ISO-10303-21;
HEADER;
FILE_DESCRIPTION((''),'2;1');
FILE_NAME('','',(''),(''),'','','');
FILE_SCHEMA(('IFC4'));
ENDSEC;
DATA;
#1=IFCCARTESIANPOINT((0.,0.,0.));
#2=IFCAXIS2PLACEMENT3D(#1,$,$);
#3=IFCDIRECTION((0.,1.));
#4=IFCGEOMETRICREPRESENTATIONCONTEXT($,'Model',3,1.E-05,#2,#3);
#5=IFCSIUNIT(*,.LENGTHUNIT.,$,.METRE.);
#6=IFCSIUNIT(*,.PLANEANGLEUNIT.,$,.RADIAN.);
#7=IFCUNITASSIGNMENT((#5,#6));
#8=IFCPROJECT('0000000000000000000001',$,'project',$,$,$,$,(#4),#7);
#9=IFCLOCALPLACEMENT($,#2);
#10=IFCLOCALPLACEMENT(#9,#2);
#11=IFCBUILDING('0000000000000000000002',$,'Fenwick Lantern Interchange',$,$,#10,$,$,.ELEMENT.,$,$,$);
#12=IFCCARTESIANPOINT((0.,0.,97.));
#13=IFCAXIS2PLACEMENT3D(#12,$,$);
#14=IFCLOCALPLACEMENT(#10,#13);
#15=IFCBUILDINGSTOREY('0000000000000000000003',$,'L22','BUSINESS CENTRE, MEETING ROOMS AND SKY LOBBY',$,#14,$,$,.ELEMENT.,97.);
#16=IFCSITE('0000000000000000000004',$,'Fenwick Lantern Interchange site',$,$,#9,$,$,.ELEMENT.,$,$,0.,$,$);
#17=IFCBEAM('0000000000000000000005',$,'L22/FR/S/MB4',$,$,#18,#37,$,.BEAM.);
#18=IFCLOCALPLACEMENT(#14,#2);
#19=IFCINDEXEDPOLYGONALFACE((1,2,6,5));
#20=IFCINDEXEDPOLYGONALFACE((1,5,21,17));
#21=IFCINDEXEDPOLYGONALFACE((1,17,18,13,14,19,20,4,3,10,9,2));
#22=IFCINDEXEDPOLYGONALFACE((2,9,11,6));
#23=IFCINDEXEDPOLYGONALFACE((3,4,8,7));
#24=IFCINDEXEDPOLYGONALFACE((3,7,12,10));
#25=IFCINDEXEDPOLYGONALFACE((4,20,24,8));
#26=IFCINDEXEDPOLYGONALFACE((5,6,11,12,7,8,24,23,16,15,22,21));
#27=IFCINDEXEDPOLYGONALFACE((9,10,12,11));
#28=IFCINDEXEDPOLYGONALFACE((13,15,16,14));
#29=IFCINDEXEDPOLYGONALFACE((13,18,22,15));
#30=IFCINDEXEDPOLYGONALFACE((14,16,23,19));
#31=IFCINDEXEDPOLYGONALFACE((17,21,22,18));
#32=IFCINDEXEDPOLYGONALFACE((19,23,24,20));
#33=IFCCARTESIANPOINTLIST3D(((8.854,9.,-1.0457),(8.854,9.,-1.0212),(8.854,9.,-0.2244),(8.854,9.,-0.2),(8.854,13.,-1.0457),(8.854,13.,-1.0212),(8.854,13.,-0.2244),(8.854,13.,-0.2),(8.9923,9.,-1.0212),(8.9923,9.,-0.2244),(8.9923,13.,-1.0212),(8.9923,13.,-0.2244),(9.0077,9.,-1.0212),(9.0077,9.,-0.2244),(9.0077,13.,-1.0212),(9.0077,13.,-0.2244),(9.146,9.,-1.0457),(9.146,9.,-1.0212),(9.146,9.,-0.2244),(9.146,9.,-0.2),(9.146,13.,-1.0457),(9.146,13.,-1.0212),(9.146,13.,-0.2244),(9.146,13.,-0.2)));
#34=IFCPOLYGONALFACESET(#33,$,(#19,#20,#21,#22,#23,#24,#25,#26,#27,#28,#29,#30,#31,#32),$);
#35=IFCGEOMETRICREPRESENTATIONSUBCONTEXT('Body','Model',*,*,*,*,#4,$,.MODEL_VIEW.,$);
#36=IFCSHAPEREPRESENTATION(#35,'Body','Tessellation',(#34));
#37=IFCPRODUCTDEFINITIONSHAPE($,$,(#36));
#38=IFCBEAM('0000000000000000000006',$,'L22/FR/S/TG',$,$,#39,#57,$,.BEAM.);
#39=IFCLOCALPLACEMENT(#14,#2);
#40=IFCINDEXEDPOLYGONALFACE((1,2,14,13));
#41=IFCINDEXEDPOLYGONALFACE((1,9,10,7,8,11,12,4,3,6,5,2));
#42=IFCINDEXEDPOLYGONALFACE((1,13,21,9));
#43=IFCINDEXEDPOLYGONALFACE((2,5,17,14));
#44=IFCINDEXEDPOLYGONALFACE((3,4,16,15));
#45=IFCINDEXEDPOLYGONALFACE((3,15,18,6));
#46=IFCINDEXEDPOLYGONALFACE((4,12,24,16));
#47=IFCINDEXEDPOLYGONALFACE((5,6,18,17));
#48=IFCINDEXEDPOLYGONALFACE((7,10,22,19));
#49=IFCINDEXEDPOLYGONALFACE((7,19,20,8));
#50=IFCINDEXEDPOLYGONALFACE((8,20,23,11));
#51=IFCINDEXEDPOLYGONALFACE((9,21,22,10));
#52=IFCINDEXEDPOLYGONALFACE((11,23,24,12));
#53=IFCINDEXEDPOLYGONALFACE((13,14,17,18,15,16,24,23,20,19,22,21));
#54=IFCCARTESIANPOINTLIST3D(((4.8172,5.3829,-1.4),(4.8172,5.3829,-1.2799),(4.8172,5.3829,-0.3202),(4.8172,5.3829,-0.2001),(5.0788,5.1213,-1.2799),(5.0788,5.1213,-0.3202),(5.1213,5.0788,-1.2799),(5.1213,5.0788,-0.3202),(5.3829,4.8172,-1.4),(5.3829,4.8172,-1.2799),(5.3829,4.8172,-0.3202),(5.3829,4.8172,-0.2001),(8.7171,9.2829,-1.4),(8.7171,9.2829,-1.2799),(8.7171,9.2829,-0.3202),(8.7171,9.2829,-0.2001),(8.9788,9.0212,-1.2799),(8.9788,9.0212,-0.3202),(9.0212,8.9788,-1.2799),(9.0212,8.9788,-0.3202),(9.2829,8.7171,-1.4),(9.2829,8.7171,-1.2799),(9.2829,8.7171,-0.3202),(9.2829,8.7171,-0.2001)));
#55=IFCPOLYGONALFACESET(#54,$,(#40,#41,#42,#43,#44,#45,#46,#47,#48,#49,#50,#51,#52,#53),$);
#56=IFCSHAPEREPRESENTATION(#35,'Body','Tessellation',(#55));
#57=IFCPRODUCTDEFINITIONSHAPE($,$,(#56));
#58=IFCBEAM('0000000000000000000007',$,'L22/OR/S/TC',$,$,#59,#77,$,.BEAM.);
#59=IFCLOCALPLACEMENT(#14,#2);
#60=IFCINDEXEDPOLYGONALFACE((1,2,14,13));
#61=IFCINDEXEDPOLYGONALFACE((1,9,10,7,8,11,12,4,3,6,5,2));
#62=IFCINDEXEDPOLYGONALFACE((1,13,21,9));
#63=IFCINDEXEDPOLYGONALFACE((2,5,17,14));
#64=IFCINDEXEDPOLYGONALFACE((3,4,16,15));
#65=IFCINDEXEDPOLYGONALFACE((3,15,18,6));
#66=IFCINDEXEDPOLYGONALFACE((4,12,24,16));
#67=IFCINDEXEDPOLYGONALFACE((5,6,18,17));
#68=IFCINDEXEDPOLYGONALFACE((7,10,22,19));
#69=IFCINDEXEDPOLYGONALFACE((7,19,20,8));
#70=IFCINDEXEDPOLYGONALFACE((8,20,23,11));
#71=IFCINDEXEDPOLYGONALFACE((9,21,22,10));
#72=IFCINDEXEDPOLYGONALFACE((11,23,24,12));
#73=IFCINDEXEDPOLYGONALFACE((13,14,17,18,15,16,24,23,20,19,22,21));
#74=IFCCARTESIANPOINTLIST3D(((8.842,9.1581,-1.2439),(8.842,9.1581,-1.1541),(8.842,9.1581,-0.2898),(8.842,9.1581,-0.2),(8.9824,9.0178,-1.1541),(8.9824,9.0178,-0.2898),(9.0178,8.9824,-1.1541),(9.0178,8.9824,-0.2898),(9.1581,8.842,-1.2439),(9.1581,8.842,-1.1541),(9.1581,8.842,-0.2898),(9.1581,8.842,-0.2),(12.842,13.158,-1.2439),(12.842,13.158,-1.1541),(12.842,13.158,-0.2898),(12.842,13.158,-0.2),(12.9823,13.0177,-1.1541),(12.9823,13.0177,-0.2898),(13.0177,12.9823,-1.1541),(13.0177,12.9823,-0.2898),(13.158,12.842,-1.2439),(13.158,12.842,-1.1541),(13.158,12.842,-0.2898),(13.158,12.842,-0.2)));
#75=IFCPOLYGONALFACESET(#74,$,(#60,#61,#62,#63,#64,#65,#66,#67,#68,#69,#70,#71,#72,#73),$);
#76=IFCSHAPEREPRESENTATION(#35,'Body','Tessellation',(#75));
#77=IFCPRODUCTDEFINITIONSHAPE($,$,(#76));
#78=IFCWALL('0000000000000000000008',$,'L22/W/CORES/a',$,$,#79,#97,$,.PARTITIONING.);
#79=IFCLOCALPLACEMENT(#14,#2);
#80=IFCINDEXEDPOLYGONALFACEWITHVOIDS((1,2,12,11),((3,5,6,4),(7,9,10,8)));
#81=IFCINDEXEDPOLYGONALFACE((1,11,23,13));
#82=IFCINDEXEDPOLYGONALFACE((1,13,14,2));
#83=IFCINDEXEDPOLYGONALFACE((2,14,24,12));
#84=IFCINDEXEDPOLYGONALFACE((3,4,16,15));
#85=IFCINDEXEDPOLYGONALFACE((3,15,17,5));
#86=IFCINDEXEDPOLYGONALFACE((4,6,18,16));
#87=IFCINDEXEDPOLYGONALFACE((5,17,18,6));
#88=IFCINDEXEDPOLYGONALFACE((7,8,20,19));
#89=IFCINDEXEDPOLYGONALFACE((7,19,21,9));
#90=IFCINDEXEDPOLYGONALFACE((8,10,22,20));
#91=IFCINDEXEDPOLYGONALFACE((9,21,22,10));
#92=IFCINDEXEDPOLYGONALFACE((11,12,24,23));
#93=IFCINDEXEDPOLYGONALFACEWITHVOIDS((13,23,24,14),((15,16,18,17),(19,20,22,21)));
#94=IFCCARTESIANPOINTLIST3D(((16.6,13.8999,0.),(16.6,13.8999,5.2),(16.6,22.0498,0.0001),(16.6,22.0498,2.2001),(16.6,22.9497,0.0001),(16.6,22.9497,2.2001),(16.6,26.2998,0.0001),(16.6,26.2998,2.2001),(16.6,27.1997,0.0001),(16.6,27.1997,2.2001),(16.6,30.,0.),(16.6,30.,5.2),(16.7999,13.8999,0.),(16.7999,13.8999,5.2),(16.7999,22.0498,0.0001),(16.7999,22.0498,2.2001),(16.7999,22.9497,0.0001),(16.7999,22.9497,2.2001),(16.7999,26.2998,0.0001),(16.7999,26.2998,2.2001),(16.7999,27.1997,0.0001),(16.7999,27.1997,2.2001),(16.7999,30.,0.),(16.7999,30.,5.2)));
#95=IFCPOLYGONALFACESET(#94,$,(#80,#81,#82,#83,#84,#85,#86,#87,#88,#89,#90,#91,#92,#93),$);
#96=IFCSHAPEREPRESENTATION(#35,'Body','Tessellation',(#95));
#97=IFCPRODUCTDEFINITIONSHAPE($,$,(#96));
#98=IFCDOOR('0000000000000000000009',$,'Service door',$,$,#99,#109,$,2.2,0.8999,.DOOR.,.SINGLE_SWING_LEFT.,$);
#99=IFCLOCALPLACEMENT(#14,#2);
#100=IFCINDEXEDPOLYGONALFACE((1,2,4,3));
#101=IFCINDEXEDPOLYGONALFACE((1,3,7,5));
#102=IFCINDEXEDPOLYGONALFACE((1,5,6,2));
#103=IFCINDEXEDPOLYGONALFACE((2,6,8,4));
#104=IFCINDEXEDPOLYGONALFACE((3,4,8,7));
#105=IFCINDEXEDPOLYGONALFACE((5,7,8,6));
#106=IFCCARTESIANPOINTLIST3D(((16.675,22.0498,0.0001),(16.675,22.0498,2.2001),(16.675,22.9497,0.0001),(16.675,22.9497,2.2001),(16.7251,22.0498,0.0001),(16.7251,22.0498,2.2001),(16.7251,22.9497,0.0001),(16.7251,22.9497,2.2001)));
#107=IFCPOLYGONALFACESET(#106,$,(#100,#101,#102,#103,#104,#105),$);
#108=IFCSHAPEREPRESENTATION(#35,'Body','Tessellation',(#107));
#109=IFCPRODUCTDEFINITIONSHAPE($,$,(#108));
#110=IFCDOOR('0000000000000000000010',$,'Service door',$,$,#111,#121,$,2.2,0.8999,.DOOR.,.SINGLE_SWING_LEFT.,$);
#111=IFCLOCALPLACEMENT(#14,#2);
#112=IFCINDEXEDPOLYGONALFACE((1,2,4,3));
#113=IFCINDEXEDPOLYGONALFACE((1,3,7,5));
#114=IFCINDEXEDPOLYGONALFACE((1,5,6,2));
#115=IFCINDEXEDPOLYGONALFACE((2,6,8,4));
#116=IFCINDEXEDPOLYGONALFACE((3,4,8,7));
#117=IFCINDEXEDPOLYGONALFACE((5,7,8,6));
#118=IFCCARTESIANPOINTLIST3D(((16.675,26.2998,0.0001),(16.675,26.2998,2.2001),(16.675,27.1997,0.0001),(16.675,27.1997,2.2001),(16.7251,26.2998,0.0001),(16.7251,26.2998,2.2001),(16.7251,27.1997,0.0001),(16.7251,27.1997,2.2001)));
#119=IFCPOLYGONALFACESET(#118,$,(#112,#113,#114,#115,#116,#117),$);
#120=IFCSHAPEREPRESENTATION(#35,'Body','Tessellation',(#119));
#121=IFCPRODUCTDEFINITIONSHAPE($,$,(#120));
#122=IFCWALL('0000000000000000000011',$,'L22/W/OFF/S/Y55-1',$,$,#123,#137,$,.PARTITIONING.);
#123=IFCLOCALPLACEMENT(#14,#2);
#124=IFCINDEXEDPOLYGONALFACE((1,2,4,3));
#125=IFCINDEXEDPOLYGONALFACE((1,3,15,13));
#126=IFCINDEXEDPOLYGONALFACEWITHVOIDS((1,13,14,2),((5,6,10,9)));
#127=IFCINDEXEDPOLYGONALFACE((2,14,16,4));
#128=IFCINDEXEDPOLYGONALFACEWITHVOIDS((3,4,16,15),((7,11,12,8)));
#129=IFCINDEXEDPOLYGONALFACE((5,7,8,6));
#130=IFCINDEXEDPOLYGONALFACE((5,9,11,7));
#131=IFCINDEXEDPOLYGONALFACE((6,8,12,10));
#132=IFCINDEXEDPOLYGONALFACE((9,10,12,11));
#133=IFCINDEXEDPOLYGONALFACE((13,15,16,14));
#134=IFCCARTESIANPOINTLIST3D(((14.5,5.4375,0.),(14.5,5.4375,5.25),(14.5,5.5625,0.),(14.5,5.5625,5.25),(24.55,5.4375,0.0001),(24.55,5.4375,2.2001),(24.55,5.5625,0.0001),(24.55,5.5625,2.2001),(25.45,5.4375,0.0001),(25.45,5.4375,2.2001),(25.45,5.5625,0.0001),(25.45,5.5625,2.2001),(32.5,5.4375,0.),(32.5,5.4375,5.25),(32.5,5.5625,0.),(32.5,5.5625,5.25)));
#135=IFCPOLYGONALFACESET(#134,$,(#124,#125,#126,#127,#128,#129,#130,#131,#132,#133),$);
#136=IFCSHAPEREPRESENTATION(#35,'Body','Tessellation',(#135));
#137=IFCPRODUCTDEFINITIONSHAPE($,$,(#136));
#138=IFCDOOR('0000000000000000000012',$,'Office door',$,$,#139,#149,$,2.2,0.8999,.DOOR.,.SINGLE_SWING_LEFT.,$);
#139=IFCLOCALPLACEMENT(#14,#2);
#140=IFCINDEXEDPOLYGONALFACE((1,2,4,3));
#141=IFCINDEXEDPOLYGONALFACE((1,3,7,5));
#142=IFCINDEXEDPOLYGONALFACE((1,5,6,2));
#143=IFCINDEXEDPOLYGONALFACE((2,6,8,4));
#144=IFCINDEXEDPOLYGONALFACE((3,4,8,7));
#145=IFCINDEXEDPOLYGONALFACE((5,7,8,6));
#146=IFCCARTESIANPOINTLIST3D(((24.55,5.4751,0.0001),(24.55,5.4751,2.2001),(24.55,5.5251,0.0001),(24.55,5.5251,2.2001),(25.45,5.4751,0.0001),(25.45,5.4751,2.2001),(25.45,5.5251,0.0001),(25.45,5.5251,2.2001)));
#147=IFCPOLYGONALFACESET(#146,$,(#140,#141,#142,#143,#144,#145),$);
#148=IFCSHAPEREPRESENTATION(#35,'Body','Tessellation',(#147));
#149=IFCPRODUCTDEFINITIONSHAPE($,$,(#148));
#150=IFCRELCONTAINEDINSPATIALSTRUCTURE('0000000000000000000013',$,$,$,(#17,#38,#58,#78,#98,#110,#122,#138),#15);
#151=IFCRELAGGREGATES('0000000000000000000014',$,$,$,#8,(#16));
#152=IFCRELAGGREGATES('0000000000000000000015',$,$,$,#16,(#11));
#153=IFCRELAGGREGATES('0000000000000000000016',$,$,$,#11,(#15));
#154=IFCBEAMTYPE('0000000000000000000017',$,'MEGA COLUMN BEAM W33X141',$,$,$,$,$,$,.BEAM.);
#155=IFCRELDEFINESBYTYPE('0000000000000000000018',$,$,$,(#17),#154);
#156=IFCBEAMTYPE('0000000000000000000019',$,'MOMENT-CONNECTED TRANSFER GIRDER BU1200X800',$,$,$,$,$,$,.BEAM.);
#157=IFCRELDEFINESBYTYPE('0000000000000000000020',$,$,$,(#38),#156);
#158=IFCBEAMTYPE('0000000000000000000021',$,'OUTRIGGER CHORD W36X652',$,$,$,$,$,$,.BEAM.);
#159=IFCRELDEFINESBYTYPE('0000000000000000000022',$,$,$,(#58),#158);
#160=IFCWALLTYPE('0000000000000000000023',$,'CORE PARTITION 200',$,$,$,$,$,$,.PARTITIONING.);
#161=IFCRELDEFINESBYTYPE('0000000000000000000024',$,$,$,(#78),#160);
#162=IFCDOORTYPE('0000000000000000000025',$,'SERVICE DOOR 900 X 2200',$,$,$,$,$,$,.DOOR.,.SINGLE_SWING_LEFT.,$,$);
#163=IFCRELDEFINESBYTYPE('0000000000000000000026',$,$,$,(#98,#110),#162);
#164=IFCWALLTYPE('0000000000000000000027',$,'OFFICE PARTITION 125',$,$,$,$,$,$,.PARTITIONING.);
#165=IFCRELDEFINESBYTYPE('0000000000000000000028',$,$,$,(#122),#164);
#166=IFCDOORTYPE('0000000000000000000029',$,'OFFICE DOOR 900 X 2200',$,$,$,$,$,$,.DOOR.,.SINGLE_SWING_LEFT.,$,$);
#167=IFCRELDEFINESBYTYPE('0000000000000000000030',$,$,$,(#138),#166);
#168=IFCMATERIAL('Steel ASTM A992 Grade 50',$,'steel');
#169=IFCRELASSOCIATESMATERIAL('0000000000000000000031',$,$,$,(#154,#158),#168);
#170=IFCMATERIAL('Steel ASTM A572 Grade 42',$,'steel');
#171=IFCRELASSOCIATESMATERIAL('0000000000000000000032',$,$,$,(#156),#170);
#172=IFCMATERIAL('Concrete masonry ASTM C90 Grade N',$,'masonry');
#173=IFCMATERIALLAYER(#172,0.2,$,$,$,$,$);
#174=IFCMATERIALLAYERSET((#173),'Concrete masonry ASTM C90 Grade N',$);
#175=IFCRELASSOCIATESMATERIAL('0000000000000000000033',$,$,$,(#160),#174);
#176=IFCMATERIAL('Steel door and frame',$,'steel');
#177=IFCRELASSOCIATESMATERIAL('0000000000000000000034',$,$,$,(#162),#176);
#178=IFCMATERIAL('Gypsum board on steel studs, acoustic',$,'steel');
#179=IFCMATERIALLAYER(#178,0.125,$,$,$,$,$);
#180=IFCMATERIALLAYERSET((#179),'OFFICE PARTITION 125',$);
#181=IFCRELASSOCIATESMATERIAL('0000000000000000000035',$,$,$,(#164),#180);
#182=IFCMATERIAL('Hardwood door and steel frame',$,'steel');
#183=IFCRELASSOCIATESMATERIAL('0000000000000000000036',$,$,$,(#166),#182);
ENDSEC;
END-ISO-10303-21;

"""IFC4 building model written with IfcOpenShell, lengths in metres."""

from ifc_helpers import new_model, si_unit, direction, frame, frame_2d, origin, origin_2d, place, context, subcontext, project, spatial, rectangle, i_section, extrude, material, layer, layer_set, material_profile, profile_set, type_object, element, fill, save


model = new_model("IFC4")

# Units and contexts
model_context = context("Model", 3, precision=1e-05, world=origin(), true_north=direction((0.0, 1.0)))
body_context = subcontext(model_context, "Body", "Model", "MODEL_VIEW")
ifc_project = project(units=[si_unit("LENGTHUNIT", "METRE"), si_unit("PLANEANGLEUNIT", "RADIAN")], contexts=[model_context])

# Site, building, storey
site_placement = place(None, origin())
site = spatial("IfcSite", under=ifc_project, at=site_placement, Name="Fenwick Lantern Interchange site", CompositionType="ELEMENT", RefElevation=0.0)
building_placement = place(site_placement, origin())
building = spatial("IfcBuilding", under=site, at=building_placement, Name="Fenwick Lantern Interchange", CompositionType="ELEMENT")
storey_placement = place(building_placement, frame((0.0, 0.0, 97.0)))
storey = spatial("IfcBuildingStorey", under=building, at=storey_placement, Name="L22", Description="BUSINESS CENTRE, MEETING ROOMS AND SKY LOBBY", CompositionType="ELEMENT", Elevation=97.0)

# Beams
ifc_material_1 = material(Name="Steel ASTM A992 Grade 50", Category="steel")
ifc_material_profile_1 = material_profile(ifc_material_1, i_section(OverallWidth=0.292, OverallDepth=0.8457, WebThickness=0.0154, FlangeThickness=0.0244, at=origin_2d()), Name="W33X141")
ifc_profile_set_1 = profile_set([ifc_material_profile_1], Name="Steel ASTM A992 Grade 50")
beam_type_1 = type_object("IfcBeamType", Name="MEGA COLUMN BEAM W33X141", PredefinedType="BEAM", material=ifc_profile_set_1)
for number, where, z_axis, x_axis, name in (
    (1, (9.0, 9.0, -0.6228), (0.0, 1.0, 0.0), (-1.0, 0.0, 0.0), "L22/FR/S/MB4"),
):
    element("IfcBeam", number, at=place(storey_placement, frame(where, z_axis=z_axis, x_axis=x_axis)), inside=storey, type_object=beam_type_1, Name=name, PredefinedType="BEAM", context=body_context, shape_type="SweptSolid", body=[
        extrude(i_section(OverallWidth=0.292, OverallDepth=0.8457, WebThickness=0.0154, FlangeThickness=0.0244, at=origin_2d()), origin(), (0.0, 0.0, 1.0), 4.0),
    ])
ifc_material_2 = material(Name="Steel ASTM A572 Grade 42", Category="steel")
ifc_material_profile_2 = material_profile(ifc_material_2, i_section(OverallWidth=0.8, OverallDepth=1.2, WebThickness=0.0601, FlangeThickness=0.1201, at=origin_2d()), Name="BU1200X800")
ifc_profile_set_2 = profile_set([ifc_material_profile_2], Name="Steel ASTM A572 Grade 42")
beam_type_2 = type_object("IfcBeamType", Name="MOMENT-CONNECTED TRANSFER GIRDER BU1200X800", PredefinedType="BEAM", material=ifc_profile_set_2)
beam_1_placement = place(storey_placement, frame((9.0, 9.0, -0.8), z_axis=(-0.707107, -0.707107, 0.0), x_axis=(0.707107, -0.707107, 0.0)))
element("IfcBeam", 2, at=beam_1_placement, inside=storey, type_object=beam_type_2, Name="L22/FR/S/TG", PredefinedType="BEAM", context=body_context, shape_type="SweptSolid", body=[
    extrude(i_section(OverallWidth=0.8, OverallDepth=1.2, WebThickness=0.0601, FlangeThickness=0.1201, at=origin_2d()), origin(), (0.0, 0.0, 1.0), 5.5154),
])
ifc_material_profile_3 = material_profile(ifc_material_1, i_section(OverallWidth=0.447, OverallDepth=1.0439, WebThickness=0.05, FlangeThickness=0.0898, at=origin_2d()), Name="W36X652")
ifc_profile_set_3 = profile_set([ifc_material_profile_3], Name="Steel ASTM A992 Grade 50")
beam_type_3 = type_object("IfcBeamType", Name="OUTRIGGER CHORD W36X652", PredefinedType="BEAM", material=ifc_profile_set_3)
beam_2_placement = place(storey_placement, frame((13.0, 13.0, -0.7219), z_axis=(-0.707107, -0.707107, 0.0), x_axis=(0.707107, -0.707107, 0.0)))
element("IfcBeam", 3, at=beam_2_placement, inside=storey, type_object=beam_type_3, Name="L22/OR/S/TC", PredefinedType="BEAM", context=body_context, shape_type="SweptSolid", body=[
    extrude(i_section(OverallWidth=0.447, OverallDepth=1.0439, WebThickness=0.05, FlangeThickness=0.0898, at=origin_2d()), origin(), (0.0, 0.0, 1.0), 5.6567),
])

# Wall, openings, doors
ifc_material_3 = material(Name="Concrete masonry ASTM C90 Grade N", Category="masonry")
ifc_layer_1 = layer(ifc_material_3, 0.2)
ifc_layer_set_1 = layer_set([ifc_layer_1], Name="Concrete masonry ASTM C90 Grade N")
wall_type_1 = type_object("IfcWallType", Name="CORE PARTITION 200", PredefinedType="PARTITIONING", material=ifc_layer_set_1)
wall_1_placement = place(storey_placement, frame((16.7, 13.8999, 0.0), z_axis=(0.0, 0.0, 1.0), x_axis=(0.0, 1.0, 0.0)))
wall_1 = element("IfcWall", 4, at=wall_1_placement, inside=storey, type_object=wall_type_1, Name="L22/W/CORES/a", PredefinedType="PARTITIONING", context=body_context, shape_type="SweptSolid", body=[
    extrude(rectangle(XDim=16.1001, YDim=0.2, at=frame_2d((8.05, 0.0))), origin(), (0.0, 0.0, 1.0), 5.2),
])
opening_1_placement = place(wall_1_placement, frame((8.1499, 0.0, 0.0)))
opening_1 = element("IfcOpeningElement", 5, at=opening_1_placement, cuts=wall_1, PredefinedType="OPENING", context=body_context, shape_type="SweptSolid", body=[
    extrude(rectangle(XDim=0.8999, YDim=2.2, at=frame_2d((0.45, 1.1001))), frame((0.0, 0.1099, 0.0), z_axis=(0.0, -1.0, 0.0), x_axis=(1.0, 0.0, 0.0)), (0.0, 0.0, 1.0), 0.22),
])
opening_2_placement = place(wall_1_placement, frame((12.3999, 0.0, 0.0)))
opening_2 = element("IfcOpeningElement", 6, at=opening_2_placement, cuts=wall_1, PredefinedType="OPENING", context=body_context, shape_type="SweptSolid", body=[
    extrude(rectangle(XDim=0.8999, YDim=2.2, at=frame_2d((0.45, 1.1001))), frame((0.0, 0.1099, 0.0), z_axis=(0.0, -1.0, 0.0), x_axis=(1.0, 0.0, 0.0)), (0.0, 0.0, 1.0), 0.22),
])
ifc_material_4 = material(Name="Steel door and frame", Category="steel")
door_type_1 = type_object("IfcDoorType", Name="SERVICE DOOR 900 X 2200", OperationType="SINGLE_SWING_LEFT", PredefinedType="DOOR", material=ifc_material_4)
door_1_placement = place(opening_1_placement, origin())
door_1 = element("IfcDoor", 7, at=door_1_placement, inside=storey, type_object=door_type_1, Name="Service door", OperationType="SINGLE_SWING_LEFT", OverallHeight=2.2, OverallWidth=0.8999, PredefinedType="DOOR", context=body_context, shape_type="SweptSolid", body=[
    extrude(rectangle(XDim=0.8999, YDim=2.2, at=frame_2d((0.45, 1.1001))), frame((0.0, 0.0249, 0.0), z_axis=(0.0, -1.0, 0.0), x_axis=(1.0, 0.0, 0.0)), (0.0, 0.0, 1.0), 0.05),
])
fill(opening_1, door_1)
door_2_placement = place(opening_2_placement, origin())
door_2 = element("IfcDoor", 8, at=door_2_placement, inside=storey, type_object=door_type_1, Name="Service door", OperationType="SINGLE_SWING_LEFT", OverallHeight=2.2, OverallWidth=0.8999, PredefinedType="DOOR", context=body_context, shape_type="SweptSolid", body=[
    extrude(rectangle(XDim=0.8999, YDim=2.2, at=frame_2d((0.45, 1.1001))), frame((0.0, 0.0249, 0.0), z_axis=(0.0, -1.0, 0.0), x_axis=(1.0, 0.0, 0.0)), (0.0, 0.0, 1.0), 0.05),
])
fill(opening_2, door_2)
ifc_material_5 = material(Name="Hardwood door and steel frame", Category="steel")

# Wall, opening, door
ifc_material_6 = material(Name="Gypsum board on steel studs, acoustic", Category="steel")
ifc_layer_2 = layer(ifc_material_6, 0.125)
ifc_layer_set_2 = layer_set([ifc_layer_2], Name="OFFICE PARTITION 125")
wall_type_2 = type_object("IfcWallType", Name="OFFICE PARTITION 125", PredefinedType="PARTITIONING", material=ifc_layer_set_2)
wall_2_placement = place(storey_placement, frame((14.5, 5.5, 0.0), z_axis=(0.0, 0.0, 1.0), x_axis=(1.0, 0.0, 0.0)))
wall_2 = element("IfcWall", 9, at=wall_2_placement, inside=storey, type_object=wall_type_2, Name="L22/W/OFF/S/Y55-1", PredefinedType="PARTITIONING", context=body_context, shape_type="SweptSolid", body=[
    extrude(rectangle(XDim=18.0, YDim=0.125, at=frame_2d((9.0, 0.0))), origin(), (0.0, 0.0, 1.0), 5.25),
])
opening_3_placement = place(wall_2_placement, frame((10.05, 0.0, 0.0)))
opening_3 = element("IfcOpeningElement", 10, at=opening_3_placement, cuts=wall_2, PredefinedType="OPENING", context=body_context, shape_type="SweptSolid", body=[
    extrude(rectangle(XDim=0.8999, YDim=2.2, at=frame_2d((0.45, 1.1001))), frame((0.0, 0.0725, 0.0), z_axis=(0.0, -1.0, 0.0), x_axis=(1.0, 0.0, 0.0)), (0.0, 0.0, 1.0), 0.145),
])
door_type_2 = type_object("IfcDoorType", Name="OFFICE DOOR 900 X 2200", OperationType="SINGLE_SWING_LEFT", PredefinedType="DOOR", material=ifc_material_5)
door_3_placement = place(opening_3_placement, frame((0.8999, 0.0, 0.0), z_axis=(0.0, 0.0, 1.0), x_axis=(-1.0, 0.0, 0.0)))
door_3 = element("IfcDoor", 11, at=door_3_placement, inside=storey, type_object=door_type_2, Name="Office door", OperationType="SINGLE_SWING_LEFT", OverallHeight=2.2, OverallWidth=0.8999, PredefinedType="DOOR", context=body_context, shape_type="SweptSolid", body=[
    extrude(rectangle(XDim=0.8999, YDim=2.2, at=frame_2d((0.45, 1.1001))), frame((0.0, 0.0249, 0.0), z_axis=(0.0, -1.0, 0.0), x_axis=(1.0, 0.0, 0.0)), (0.0, 0.0, 1.0), 0.05),
])
fill(opening_3, door_3)

save(model, "model.ifc")
